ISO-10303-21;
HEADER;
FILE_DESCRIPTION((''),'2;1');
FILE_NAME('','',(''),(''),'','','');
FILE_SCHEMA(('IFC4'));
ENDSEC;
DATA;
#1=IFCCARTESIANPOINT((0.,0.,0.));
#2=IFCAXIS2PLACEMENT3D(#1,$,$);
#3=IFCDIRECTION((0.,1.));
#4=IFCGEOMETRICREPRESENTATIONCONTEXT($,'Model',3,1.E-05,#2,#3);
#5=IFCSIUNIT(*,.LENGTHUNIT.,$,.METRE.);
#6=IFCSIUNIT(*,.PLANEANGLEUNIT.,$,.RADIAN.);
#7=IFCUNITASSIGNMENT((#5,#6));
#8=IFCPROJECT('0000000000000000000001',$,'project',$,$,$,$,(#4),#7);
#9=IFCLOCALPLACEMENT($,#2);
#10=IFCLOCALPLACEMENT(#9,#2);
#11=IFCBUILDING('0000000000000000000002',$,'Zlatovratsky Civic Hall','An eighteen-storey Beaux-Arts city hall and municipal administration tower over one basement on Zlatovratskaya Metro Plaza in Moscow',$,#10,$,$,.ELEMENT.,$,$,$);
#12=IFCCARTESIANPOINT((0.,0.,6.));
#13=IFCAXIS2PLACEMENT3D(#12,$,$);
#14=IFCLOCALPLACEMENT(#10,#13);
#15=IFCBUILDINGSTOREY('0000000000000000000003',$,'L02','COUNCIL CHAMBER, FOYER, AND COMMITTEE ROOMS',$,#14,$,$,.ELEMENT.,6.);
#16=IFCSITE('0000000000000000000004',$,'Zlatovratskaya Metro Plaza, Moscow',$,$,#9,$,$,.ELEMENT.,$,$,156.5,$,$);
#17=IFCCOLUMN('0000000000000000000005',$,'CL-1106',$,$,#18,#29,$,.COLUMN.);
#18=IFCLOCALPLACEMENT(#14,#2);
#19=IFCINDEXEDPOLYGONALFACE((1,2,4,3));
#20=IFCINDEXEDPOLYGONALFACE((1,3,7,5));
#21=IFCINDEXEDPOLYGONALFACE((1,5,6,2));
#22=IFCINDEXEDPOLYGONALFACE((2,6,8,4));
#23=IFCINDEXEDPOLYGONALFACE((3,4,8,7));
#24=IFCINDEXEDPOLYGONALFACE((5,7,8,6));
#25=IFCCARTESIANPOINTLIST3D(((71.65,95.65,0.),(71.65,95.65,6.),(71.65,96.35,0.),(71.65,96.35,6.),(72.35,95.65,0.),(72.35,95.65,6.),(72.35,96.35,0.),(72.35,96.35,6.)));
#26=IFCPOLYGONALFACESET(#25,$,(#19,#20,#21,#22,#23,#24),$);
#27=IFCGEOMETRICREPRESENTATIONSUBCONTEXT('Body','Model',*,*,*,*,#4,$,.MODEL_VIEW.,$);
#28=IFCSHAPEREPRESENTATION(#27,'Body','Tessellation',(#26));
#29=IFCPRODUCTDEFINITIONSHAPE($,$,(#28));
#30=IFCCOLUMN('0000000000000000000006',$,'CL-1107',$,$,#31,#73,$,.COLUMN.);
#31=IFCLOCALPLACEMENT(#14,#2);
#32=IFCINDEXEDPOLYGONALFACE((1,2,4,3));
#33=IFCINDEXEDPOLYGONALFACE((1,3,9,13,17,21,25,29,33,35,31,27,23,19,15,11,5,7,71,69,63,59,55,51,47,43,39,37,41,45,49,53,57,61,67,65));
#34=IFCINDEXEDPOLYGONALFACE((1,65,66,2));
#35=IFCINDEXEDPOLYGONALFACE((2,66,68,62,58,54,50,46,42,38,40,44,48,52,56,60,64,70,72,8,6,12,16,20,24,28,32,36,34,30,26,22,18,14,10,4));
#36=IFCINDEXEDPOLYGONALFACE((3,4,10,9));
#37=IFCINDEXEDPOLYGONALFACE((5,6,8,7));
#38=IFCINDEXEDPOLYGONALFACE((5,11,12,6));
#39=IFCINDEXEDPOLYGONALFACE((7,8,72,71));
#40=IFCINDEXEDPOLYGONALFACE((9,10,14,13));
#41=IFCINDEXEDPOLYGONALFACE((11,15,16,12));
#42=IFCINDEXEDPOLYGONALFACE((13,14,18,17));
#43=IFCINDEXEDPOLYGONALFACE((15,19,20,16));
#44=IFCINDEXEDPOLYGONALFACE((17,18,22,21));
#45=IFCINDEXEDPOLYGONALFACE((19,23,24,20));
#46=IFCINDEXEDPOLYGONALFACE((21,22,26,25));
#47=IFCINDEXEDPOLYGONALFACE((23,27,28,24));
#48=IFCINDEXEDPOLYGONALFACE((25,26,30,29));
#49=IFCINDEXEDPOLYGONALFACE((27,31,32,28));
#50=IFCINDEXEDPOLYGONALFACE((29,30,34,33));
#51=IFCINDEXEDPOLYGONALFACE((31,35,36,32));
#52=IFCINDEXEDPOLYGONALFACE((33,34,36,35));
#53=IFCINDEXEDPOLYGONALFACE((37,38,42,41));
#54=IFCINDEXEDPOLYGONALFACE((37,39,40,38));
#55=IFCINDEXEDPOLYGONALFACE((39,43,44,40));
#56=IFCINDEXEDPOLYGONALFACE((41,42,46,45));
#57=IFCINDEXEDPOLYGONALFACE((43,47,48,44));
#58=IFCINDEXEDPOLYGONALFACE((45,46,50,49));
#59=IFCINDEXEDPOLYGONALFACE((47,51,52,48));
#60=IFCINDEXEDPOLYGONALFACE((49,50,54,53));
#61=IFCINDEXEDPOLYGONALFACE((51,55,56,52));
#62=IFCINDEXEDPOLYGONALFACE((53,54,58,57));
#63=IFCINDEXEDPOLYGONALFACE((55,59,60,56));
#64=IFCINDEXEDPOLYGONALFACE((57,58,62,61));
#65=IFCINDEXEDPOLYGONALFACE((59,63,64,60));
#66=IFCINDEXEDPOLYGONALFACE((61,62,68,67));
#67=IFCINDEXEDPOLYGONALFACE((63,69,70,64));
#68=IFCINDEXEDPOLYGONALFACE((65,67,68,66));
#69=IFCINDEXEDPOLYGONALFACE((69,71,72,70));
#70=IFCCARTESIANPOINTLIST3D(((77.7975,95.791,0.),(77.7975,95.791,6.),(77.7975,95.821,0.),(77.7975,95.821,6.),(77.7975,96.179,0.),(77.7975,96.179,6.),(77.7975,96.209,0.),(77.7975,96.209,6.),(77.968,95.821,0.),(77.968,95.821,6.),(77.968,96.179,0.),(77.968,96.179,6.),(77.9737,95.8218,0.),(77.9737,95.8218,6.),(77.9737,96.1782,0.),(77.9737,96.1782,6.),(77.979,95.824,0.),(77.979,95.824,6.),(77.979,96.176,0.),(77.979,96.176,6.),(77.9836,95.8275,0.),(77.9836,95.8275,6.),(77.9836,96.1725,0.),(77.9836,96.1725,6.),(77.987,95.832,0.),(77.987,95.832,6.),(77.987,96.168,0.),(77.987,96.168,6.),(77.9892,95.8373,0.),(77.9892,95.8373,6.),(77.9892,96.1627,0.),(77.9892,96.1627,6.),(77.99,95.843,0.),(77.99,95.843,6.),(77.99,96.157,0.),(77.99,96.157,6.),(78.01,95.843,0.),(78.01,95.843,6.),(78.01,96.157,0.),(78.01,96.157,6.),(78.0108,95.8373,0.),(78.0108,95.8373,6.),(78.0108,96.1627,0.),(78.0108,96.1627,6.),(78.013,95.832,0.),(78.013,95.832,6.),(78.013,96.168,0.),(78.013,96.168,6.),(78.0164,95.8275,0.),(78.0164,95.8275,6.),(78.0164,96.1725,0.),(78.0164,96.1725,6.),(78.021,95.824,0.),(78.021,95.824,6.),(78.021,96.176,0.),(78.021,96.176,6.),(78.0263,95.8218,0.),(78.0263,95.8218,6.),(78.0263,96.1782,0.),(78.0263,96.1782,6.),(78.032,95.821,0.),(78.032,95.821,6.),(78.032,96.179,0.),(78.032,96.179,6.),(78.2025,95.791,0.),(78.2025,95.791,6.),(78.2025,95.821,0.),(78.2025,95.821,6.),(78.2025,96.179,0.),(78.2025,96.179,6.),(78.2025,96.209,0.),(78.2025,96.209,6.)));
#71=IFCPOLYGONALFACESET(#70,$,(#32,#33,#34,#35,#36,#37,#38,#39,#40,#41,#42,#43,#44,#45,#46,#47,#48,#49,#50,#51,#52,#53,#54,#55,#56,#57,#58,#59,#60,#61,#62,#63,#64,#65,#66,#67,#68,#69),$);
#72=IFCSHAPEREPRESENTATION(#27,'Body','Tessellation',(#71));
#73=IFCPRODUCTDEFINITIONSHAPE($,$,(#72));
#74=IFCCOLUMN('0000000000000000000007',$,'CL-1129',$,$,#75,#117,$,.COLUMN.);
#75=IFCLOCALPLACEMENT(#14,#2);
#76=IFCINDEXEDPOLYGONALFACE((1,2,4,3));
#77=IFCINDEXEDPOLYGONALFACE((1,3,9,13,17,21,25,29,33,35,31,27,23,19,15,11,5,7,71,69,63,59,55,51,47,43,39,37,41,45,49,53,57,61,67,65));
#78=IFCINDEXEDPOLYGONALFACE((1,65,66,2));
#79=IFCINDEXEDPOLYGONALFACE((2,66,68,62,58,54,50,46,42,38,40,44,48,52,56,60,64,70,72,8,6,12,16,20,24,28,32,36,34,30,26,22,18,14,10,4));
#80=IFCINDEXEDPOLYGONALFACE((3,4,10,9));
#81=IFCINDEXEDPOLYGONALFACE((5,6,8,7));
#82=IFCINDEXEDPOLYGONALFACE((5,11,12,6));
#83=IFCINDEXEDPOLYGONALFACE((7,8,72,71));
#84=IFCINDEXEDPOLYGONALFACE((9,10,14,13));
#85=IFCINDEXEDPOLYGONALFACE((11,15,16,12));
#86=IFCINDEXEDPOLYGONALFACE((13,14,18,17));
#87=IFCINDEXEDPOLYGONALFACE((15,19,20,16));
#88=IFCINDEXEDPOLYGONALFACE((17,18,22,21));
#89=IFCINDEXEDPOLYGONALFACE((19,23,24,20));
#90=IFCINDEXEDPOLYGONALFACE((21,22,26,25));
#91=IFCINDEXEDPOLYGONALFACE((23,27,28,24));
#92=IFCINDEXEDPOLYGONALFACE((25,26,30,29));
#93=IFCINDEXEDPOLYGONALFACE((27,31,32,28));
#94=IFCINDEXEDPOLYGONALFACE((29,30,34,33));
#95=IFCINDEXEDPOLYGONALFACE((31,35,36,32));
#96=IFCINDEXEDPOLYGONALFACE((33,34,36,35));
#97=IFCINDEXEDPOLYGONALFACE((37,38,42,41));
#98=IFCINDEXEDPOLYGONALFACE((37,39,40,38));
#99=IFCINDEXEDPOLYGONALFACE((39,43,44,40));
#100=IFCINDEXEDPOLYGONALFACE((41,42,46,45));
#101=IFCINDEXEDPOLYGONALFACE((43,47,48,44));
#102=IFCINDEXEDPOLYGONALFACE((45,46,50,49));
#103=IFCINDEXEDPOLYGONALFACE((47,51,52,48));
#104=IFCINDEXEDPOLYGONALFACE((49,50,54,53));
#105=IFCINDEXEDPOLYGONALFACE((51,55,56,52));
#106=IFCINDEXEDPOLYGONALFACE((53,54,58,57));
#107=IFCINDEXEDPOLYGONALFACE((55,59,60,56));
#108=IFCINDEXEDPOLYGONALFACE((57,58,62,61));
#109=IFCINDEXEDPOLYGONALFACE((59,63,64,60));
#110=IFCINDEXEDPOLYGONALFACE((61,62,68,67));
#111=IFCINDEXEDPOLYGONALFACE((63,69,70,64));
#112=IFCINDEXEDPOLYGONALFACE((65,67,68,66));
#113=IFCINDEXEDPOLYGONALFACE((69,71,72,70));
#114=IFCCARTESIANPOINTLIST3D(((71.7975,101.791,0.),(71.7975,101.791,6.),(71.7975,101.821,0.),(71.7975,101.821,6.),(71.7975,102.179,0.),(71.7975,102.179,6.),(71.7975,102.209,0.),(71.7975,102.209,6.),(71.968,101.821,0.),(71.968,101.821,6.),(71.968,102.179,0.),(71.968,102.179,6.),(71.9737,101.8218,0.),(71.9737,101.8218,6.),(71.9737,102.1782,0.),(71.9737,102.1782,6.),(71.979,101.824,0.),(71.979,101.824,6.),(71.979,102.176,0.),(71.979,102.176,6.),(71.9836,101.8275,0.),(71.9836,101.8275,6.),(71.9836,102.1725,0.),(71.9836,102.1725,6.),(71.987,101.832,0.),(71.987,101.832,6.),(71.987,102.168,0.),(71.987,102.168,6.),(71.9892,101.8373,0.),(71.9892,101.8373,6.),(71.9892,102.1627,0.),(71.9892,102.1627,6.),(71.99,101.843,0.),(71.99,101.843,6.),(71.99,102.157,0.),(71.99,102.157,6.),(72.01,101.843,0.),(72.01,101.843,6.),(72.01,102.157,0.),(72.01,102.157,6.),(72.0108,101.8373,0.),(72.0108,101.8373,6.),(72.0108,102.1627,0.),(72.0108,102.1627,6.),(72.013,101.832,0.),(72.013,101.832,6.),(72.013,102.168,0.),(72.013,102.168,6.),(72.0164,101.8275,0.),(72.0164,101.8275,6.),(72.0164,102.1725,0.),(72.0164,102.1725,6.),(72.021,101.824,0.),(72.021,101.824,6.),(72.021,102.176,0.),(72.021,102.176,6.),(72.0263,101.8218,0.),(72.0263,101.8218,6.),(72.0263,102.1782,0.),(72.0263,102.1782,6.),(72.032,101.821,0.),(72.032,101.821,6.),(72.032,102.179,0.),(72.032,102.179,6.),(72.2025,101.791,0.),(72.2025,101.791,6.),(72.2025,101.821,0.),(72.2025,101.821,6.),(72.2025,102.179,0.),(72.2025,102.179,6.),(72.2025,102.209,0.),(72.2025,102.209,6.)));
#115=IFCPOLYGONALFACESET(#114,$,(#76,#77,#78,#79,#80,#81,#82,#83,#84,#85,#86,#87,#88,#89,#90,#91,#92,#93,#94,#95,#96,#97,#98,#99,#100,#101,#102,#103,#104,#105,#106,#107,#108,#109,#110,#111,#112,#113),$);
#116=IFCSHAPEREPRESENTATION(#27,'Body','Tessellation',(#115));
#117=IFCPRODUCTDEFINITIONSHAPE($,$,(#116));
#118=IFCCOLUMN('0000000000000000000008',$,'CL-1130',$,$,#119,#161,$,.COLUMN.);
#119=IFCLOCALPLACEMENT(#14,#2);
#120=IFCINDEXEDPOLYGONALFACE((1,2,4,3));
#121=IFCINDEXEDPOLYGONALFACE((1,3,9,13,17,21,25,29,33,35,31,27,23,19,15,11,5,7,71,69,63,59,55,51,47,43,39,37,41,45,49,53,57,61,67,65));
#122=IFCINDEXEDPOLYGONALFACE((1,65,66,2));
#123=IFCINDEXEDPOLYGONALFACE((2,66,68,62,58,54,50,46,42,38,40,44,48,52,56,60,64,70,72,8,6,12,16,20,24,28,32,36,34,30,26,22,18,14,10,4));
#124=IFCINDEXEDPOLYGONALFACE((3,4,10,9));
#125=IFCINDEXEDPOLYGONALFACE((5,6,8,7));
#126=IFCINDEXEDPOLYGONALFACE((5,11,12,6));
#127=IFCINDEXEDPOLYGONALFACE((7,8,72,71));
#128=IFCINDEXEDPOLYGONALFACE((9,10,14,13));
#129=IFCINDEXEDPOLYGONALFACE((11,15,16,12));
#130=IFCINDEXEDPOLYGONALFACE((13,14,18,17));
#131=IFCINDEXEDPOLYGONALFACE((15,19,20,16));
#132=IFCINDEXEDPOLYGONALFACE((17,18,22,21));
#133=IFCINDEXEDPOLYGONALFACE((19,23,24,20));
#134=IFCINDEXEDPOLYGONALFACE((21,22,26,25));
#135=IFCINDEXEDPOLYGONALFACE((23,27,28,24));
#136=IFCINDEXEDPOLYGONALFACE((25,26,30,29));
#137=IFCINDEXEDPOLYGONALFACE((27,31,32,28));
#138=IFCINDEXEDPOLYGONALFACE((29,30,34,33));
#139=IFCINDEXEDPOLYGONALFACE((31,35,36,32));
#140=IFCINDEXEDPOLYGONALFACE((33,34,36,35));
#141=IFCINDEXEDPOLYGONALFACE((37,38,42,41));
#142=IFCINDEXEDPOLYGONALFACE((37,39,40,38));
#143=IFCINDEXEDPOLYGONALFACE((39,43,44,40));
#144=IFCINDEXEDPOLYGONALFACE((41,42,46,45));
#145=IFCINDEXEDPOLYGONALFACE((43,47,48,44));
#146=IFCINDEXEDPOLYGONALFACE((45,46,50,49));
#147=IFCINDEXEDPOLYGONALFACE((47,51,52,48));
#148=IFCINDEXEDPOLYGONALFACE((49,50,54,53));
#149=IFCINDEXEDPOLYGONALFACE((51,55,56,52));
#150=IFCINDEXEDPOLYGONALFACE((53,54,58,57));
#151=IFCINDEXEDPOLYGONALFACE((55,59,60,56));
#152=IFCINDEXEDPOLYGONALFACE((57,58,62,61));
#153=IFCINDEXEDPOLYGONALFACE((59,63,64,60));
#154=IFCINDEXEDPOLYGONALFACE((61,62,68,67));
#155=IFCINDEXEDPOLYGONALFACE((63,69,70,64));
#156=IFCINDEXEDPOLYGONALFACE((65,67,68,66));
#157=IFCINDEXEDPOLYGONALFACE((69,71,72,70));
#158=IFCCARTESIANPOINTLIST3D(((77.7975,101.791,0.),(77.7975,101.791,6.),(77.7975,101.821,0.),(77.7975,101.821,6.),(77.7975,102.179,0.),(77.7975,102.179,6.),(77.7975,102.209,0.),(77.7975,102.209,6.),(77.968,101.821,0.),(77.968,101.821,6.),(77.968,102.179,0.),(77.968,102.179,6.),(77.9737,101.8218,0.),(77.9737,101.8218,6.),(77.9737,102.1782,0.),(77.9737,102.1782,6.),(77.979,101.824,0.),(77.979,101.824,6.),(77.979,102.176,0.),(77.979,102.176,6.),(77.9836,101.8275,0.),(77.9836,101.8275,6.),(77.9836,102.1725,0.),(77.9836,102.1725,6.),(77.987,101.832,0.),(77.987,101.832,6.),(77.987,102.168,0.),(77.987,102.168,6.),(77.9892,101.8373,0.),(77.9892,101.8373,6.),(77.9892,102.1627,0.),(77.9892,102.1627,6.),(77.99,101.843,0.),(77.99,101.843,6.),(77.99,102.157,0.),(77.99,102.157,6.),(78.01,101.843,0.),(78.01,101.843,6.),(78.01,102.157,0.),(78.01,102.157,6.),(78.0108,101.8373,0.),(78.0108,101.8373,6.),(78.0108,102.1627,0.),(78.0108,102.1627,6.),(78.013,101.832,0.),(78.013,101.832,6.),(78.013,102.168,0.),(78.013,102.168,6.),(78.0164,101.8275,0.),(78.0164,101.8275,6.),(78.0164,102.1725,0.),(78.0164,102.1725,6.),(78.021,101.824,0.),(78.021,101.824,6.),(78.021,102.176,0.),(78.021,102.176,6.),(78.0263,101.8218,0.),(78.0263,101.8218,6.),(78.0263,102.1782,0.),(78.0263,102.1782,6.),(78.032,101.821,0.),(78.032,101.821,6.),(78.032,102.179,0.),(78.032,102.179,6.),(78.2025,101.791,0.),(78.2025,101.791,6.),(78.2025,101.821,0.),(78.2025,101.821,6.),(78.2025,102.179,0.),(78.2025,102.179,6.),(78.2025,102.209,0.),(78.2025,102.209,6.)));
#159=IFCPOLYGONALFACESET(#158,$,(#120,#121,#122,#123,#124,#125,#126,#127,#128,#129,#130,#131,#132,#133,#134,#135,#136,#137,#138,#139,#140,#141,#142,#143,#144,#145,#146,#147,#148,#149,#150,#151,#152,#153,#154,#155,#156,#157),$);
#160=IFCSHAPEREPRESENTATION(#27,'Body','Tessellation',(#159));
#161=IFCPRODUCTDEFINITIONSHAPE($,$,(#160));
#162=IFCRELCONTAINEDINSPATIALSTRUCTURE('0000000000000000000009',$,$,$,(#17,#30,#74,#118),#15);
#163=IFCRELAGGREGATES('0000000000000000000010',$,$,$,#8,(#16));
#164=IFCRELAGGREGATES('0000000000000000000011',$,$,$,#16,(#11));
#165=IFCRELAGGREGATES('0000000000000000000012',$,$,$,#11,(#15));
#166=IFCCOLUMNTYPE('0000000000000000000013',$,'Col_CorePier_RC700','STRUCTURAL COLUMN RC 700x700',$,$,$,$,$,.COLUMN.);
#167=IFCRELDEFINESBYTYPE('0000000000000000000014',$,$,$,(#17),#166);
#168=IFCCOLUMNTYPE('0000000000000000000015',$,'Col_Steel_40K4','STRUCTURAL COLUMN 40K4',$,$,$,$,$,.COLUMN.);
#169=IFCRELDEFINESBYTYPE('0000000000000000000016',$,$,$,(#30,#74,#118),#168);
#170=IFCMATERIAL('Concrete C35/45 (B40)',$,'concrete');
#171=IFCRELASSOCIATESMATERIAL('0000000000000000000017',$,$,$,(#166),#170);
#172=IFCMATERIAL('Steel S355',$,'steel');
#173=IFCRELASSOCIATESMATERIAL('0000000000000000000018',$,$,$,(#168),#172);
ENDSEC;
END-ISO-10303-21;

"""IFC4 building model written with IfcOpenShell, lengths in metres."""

from ifc_helpers import new_model, si_unit, direction, frame, origin, origin_2d, place, context, subcontext, project, spatial, rectangle, i_section, extrude, material, material_profile, profile_set, type_object, element, save


model = new_model("IFC4")

# Units and contexts
model_context = context("Model", 3, precision=1e-05, world=origin(), true_north=direction((0.0, 1.0)))
body_context = subcontext(model_context, "Body", "Model", "MODEL_VIEW")
ifc_project = project(units=[si_unit("LENGTHUNIT", "METRE"), si_unit("PLANEANGLEUNIT", "RADIAN")], contexts=[model_context])

# Site, building, storey
site_placement = place(None, origin())
site = spatial("IfcSite", under=ifc_project, at=site_placement, Name="Zlatovratskaya Metro Plaza, Moscow", CompositionType="ELEMENT", RefElevation=156.5)
building_placement = place(site_placement, origin())
building = spatial("IfcBuilding", under=site, at=building_placement, Name="Zlatovratsky Civic Hall", Description="An eighteen-storey Beaux-Arts city hall and municipal administration tower over one basement on Zlatovratskaya Metro Plaza in Moscow", CompositionType="ELEMENT")
storey_placement = place(building_placement, frame((0.0, 0.0, 6.0)))
storey = spatial("IfcBuildingStorey", under=building, at=storey_placement, Name="L02", Description="COUNCIL CHAMBER, FOYER, AND COMMITTEE ROOMS", CompositionType="ELEMENT", Elevation=6.0)

# Columns
ifc_material_1 = material(Name="Concrete C35/45 (B40)", Category="concrete")
ifc_material_profile_1 = material_profile(ifc_material_1, rectangle(XDim=0.7, YDim=0.7, at=origin_2d()), Name="RC 700x700")
ifc_profile_set_1 = profile_set([ifc_material_profile_1], Name="Concrete C35/45 (B40)")
column_type_1 = type_object("IfcColumnType", Name="Col_CorePier_RC700", Description="STRUCTURAL COLUMN RC 700x700", PredefinedType="COLUMN", material=ifc_profile_set_1)
column_placement = place(storey_placement, frame((72.0, 96.0, 0.0), z_axis=(0.0, 0.0, 1.0), x_axis=(1.0, 0.0, 0.0)))
element("IfcColumn", 1, at=column_placement, inside=storey, type_object=column_type_1, Name="CL-1106", PredefinedType="COLUMN", context=body_context, shape_type="SweptSolid", body=[
    extrude(rectangle(XDim=0.7, YDim=0.7, at=origin_2d()), origin(), (0.0, 0.0, 1.0), 6.0),
])
ifc_material_2 = material(Name="Steel S355", Category="steel")
ifc_material_profile_2 = material_profile(ifc_material_2, i_section(OverallWidth=0.405, OverallDepth=0.418, WebThickness=0.02, FlangeThickness=0.03, FilletRadius=0.022, at=origin_2d()), Name="40K4")
ifc_profile_set_2 = profile_set([ifc_material_profile_2], Name="Steel S355")
column_type_2 = type_object("IfcColumnType", Name="Col_Steel_40K4", Description="STRUCTURAL COLUMN 40K4", PredefinedType="COLUMN", material=ifc_profile_set_2)
for number, where, z_axis, x_axis, name in (
    (2, (78.0, 96.0, 0.0), (0.0, 0.0, 1.0), (1.0, 0.0, 0.0), "CL-1107"),
    (3, (72.0, 102.0, 0.0), (0.0, 0.0, 1.0), (1.0, 0.0, 0.0), "CL-1129"),
    (4, (78.0, 102.0, 0.0), (0.0, 0.0, 1.0), (1.0, 0.0, 0.0), "CL-1130"),
):
    element("IfcColumn", number, at=place(storey_placement, frame(where, z_axis=z_axis, x_axis=x_axis)), inside=storey, type_object=column_type_2, Name=name, PredefinedType="COLUMN", context=body_context, shape_type="SweptSolid", body=[
        extrude(i_section(OverallWidth=0.405, OverallDepth=0.418, WebThickness=0.02, FlangeThickness=0.03, FilletRadius=0.022, at=origin_2d()), origin(), (0.0, 0.0, 1.0), 6.0),
    ])

save(model, "model.ifc")
